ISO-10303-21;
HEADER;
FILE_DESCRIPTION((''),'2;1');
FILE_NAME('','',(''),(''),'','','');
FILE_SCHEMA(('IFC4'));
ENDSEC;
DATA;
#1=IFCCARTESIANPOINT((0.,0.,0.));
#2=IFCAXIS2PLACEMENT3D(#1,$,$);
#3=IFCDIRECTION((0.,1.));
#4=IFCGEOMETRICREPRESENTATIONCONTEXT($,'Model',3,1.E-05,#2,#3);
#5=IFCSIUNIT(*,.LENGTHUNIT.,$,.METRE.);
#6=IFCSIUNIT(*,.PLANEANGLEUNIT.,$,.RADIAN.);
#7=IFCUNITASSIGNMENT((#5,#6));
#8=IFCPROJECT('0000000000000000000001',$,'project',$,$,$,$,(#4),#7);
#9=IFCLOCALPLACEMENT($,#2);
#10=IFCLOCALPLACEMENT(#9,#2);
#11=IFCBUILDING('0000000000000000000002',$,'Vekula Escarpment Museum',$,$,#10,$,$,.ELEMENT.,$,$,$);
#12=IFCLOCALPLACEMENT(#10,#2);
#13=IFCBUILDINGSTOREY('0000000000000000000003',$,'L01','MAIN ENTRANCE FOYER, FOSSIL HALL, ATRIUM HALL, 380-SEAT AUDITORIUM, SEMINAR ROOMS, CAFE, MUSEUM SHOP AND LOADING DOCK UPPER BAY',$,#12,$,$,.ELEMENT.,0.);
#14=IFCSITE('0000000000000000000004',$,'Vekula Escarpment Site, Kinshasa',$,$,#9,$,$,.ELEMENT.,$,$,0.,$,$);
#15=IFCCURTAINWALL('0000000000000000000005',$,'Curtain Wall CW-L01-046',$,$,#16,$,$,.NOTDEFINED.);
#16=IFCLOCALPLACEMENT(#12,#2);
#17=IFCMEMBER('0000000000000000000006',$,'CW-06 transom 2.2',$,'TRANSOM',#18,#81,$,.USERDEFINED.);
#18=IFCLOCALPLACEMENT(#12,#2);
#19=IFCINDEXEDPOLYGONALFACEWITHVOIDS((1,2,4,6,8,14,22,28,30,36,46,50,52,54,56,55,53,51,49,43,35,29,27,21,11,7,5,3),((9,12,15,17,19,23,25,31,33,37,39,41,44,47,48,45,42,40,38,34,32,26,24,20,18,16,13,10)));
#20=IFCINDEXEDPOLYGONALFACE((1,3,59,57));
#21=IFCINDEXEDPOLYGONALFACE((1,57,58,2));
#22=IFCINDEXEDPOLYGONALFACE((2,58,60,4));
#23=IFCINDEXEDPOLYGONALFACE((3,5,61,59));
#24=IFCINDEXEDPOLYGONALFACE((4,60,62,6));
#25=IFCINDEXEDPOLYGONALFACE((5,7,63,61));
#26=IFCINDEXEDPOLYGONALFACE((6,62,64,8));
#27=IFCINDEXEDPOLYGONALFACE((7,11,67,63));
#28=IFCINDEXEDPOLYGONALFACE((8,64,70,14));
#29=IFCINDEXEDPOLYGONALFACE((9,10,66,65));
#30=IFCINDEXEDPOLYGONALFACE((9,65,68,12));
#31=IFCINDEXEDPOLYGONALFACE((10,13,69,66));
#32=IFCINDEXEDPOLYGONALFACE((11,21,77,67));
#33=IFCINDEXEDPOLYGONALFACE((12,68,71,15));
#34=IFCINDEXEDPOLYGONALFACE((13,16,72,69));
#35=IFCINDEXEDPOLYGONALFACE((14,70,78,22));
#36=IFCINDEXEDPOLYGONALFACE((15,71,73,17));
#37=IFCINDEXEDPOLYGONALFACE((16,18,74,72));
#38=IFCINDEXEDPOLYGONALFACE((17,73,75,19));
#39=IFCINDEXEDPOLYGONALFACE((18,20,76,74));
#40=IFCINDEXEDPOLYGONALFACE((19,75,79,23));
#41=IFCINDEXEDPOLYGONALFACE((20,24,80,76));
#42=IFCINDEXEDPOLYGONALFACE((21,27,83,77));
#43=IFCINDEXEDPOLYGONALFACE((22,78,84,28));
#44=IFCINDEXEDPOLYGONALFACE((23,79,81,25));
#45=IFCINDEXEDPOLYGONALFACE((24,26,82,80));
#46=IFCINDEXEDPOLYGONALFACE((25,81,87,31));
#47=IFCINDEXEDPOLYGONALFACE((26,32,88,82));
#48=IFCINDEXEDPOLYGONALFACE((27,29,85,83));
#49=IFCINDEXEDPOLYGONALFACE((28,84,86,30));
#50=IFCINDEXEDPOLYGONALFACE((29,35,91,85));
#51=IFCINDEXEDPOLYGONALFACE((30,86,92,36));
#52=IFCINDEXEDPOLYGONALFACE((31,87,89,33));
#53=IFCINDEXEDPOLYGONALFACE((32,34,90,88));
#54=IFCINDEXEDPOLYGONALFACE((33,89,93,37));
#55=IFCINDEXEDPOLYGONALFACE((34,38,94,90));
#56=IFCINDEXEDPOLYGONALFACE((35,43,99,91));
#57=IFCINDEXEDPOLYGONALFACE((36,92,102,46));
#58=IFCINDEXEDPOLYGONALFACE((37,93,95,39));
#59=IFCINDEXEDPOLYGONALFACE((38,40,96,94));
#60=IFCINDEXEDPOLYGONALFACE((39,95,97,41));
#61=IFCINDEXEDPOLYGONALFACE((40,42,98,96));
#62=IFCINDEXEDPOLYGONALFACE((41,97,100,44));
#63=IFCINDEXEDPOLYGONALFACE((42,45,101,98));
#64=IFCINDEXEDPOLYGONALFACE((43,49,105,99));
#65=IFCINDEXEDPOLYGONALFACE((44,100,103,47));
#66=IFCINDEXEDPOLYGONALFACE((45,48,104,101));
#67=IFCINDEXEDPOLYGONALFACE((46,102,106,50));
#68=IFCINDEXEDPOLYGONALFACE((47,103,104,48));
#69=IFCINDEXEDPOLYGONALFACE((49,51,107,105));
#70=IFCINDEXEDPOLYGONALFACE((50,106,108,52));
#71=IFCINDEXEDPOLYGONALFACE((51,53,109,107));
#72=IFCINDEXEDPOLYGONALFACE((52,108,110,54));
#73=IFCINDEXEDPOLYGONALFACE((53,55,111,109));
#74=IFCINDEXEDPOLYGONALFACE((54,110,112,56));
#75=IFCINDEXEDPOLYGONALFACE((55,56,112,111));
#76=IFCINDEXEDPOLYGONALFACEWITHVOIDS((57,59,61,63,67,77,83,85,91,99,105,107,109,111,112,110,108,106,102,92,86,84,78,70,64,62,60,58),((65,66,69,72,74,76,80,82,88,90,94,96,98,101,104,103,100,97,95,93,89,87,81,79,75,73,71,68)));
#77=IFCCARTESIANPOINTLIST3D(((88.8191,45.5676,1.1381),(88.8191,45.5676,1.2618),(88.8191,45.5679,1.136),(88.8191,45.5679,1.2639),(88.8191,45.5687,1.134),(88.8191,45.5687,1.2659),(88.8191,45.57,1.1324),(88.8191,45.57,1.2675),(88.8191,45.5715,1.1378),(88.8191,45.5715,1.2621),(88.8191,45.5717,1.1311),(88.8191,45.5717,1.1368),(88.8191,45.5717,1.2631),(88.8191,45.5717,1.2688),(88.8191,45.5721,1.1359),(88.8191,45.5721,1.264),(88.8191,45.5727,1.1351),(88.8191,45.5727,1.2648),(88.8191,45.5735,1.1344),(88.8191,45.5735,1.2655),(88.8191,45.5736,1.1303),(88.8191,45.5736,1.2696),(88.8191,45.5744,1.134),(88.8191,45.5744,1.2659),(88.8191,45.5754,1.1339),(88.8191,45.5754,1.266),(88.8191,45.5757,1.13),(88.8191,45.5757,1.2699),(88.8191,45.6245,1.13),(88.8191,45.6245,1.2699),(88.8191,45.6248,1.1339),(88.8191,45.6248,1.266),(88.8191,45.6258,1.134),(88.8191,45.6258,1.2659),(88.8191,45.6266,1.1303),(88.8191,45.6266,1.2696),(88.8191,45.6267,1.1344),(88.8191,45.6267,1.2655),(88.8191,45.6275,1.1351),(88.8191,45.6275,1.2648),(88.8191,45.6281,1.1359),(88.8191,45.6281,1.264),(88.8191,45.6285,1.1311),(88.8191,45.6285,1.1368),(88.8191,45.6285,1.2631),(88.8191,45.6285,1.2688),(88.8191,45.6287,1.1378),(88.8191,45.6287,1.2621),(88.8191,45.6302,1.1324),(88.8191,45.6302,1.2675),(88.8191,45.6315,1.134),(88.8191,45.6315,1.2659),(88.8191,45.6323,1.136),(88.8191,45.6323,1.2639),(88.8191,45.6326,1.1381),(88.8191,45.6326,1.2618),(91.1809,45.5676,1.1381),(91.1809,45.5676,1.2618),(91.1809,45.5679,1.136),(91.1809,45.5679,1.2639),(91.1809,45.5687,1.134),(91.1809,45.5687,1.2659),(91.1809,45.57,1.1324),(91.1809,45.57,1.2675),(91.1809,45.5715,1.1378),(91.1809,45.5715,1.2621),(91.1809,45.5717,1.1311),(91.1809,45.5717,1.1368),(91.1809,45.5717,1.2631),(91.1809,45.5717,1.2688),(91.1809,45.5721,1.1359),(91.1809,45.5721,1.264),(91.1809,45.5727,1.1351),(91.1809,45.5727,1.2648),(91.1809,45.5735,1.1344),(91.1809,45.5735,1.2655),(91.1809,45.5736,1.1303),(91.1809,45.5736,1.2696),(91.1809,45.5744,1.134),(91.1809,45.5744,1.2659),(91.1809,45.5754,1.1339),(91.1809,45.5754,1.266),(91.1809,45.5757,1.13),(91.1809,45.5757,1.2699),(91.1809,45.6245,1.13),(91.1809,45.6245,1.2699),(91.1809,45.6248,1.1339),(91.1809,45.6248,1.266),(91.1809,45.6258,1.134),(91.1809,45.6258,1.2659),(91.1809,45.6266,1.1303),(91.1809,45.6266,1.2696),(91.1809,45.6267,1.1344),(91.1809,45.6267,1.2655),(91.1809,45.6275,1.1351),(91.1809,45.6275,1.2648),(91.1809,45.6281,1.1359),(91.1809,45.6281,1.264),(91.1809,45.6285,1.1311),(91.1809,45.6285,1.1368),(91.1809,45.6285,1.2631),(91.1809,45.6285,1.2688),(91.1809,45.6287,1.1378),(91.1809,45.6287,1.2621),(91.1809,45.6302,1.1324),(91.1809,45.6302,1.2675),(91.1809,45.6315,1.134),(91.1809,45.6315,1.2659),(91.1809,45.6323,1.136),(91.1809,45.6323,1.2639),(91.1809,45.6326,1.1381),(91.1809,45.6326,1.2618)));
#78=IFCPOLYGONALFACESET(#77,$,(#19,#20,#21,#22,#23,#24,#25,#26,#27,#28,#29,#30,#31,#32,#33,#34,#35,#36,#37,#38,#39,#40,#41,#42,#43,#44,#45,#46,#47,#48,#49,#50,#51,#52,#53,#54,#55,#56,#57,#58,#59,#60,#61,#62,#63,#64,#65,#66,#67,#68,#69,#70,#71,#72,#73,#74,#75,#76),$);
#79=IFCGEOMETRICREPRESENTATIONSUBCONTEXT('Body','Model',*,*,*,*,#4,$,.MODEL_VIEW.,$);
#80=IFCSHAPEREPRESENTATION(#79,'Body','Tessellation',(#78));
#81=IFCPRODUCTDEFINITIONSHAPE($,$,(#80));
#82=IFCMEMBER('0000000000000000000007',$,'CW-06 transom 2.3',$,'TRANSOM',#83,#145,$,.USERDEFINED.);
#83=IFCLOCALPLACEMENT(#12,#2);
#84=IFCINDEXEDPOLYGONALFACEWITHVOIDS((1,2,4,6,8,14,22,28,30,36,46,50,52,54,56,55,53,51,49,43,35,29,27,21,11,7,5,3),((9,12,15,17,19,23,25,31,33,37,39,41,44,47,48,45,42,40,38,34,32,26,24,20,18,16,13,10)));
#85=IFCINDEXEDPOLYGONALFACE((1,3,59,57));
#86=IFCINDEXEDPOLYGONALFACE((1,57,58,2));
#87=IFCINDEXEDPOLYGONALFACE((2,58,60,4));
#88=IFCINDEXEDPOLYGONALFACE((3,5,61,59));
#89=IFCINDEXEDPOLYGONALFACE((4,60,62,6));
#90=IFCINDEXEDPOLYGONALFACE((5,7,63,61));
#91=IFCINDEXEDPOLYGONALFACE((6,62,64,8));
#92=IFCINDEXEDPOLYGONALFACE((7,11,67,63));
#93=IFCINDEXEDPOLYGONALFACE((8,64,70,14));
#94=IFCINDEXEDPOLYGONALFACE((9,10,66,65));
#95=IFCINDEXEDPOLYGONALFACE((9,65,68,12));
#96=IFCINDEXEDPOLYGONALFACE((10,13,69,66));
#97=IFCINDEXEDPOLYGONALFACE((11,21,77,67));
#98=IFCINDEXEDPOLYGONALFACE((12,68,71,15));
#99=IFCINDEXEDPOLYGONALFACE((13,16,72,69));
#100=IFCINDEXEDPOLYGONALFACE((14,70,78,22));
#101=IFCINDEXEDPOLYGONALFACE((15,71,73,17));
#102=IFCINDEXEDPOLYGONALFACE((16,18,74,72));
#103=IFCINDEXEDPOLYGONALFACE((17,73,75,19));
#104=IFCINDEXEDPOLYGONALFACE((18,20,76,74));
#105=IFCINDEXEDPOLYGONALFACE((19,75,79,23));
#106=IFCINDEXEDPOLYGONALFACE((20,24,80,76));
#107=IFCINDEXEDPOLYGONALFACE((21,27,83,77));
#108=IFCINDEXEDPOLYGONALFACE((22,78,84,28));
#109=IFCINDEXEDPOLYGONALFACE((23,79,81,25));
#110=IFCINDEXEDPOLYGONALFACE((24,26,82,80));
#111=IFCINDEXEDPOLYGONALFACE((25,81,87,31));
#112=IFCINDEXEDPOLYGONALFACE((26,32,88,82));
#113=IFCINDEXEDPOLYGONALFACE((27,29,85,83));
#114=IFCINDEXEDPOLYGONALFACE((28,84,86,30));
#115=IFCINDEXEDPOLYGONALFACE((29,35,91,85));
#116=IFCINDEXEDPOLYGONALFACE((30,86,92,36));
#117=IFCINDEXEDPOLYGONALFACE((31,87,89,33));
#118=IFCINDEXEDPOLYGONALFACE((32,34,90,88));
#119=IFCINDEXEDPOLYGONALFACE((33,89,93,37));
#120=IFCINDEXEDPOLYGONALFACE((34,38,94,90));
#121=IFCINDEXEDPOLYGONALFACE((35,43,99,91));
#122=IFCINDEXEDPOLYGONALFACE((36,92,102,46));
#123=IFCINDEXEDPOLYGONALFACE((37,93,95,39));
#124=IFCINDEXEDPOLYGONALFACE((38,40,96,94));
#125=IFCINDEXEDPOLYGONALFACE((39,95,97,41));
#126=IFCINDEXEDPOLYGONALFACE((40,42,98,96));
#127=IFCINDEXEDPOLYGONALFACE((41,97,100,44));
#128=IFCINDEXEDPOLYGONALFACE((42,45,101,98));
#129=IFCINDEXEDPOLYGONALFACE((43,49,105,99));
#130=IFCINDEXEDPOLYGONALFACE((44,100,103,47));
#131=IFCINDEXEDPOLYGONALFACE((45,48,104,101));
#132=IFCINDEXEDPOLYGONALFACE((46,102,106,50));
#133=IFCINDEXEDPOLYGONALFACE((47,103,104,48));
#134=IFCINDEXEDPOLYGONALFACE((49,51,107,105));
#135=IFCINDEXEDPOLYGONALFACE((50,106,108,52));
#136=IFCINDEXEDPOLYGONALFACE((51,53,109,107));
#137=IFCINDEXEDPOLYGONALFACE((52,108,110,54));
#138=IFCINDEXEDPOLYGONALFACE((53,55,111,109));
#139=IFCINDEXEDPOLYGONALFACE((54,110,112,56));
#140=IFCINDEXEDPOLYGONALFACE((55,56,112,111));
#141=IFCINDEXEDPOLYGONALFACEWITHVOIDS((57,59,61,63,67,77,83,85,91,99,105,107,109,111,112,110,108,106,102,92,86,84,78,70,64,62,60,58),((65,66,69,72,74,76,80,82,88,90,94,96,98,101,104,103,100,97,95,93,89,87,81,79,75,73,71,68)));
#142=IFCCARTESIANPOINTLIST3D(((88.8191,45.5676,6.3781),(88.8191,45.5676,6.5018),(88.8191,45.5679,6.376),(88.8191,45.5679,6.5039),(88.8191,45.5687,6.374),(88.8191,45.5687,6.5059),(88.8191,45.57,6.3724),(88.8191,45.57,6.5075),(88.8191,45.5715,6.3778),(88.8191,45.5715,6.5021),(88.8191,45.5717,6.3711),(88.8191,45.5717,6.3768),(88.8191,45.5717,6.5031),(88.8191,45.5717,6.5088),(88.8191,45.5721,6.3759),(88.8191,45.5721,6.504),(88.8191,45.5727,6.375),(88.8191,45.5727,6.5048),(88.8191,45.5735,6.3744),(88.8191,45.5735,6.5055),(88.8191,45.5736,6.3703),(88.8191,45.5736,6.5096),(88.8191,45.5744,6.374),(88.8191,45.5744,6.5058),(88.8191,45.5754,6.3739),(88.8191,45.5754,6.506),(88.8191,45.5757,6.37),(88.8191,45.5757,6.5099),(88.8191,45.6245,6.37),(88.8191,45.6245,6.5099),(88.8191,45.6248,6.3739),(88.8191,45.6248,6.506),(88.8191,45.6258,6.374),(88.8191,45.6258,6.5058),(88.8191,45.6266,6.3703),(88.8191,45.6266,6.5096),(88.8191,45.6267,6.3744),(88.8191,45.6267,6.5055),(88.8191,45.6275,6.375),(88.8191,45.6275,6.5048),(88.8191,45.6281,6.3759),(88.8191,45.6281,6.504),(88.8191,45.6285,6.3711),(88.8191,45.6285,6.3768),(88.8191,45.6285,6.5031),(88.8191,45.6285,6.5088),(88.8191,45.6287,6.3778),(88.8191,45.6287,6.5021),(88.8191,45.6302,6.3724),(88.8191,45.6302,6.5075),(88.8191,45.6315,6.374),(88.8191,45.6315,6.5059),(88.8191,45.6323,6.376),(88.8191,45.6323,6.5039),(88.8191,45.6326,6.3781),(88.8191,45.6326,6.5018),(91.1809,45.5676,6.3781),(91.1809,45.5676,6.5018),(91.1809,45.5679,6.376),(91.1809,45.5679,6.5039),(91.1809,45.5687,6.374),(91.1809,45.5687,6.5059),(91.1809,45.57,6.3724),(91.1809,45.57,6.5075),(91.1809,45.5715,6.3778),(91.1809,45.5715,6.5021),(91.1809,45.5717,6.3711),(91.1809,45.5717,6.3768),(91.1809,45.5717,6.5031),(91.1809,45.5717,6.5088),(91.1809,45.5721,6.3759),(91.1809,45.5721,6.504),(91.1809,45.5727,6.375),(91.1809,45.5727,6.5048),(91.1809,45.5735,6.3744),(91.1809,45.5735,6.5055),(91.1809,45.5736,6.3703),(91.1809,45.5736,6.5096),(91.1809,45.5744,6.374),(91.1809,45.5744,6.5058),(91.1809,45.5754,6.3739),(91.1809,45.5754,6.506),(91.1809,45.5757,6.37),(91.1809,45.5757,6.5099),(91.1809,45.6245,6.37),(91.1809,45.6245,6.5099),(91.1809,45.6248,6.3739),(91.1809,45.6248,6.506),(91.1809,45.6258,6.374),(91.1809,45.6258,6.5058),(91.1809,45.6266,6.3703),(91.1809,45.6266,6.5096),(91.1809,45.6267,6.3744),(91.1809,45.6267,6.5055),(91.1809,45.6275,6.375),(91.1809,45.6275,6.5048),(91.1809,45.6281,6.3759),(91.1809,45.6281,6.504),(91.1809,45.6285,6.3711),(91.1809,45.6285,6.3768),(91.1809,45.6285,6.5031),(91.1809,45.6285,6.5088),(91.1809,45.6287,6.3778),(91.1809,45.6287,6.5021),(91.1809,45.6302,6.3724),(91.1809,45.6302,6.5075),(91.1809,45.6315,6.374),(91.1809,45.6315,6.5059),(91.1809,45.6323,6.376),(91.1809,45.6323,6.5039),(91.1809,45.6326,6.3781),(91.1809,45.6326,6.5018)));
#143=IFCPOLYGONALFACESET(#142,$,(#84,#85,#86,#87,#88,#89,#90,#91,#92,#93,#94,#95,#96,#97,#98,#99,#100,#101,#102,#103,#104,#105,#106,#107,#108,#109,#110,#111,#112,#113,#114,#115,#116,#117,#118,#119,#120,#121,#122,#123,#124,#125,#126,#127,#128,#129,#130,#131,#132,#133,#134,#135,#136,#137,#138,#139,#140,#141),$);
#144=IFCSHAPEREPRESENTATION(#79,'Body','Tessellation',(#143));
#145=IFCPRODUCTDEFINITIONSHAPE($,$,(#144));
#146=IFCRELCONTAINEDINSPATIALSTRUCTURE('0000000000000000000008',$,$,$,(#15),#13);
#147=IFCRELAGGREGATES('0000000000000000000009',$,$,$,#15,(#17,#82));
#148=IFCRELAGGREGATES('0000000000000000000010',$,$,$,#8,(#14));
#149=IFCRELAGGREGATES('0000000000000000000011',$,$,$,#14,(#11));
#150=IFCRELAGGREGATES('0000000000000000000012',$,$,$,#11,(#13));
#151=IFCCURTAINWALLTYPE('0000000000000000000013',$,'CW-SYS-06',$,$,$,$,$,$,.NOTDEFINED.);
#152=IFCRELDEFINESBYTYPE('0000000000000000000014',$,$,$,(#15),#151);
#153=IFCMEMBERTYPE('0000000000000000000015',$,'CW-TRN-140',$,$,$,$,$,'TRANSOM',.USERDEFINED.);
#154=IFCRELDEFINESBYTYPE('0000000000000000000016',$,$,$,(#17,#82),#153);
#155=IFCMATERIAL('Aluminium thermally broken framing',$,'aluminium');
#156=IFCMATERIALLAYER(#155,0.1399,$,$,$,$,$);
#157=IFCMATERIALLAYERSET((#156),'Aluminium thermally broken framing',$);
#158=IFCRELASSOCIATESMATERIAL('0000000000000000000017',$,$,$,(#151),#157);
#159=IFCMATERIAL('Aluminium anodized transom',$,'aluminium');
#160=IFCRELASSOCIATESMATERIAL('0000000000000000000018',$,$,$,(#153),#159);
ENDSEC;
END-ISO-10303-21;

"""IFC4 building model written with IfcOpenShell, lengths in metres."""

from ifc_helpers import new_model, si_unit, direction, frame, origin, origin_2d, place, context, subcontext, project, spatial, hollow_rectangle, extrude, material, layer, layer_set, material_profile, profile_set, type_object, element, aggregate, save


model = new_model("IFC4")

# Units and contexts
model_context = context("Model", 3, precision=1e-05, world=origin(), true_north=direction((0.0, 1.0)))
body_context = subcontext(model_context, "Body", "Model", "MODEL_VIEW")
ifc_project = project(units=[si_unit("LENGTHUNIT", "METRE"), si_unit("PLANEANGLEUNIT", "RADIAN")], contexts=[model_context])

# Site, building, storey
site_placement = place(None, origin())
site = spatial("IfcSite", under=ifc_project, at=site_placement, Name="Vekula Escarpment Site, Kinshasa", CompositionType="ELEMENT", RefElevation=0.0)
building_placement = place(site_placement, origin())
building = spatial("IfcBuilding", under=site, at=building_placement, Name="Vekula Escarpment Museum", CompositionType="ELEMENT")
storey_placement = place(building_placement, origin())
storey = spatial("IfcBuildingStorey", under=building, at=storey_placement, Name="L01", Description="MAIN ENTRANCE FOYER, FOSSIL HALL, ATRIUM HALL, 380-SEAT AUDITORIUM, SEMINAR ROOMS, CAFE, MUSEUM SHOP AND LOADING DOCK UPPER BAY", CompositionType="ELEMENT", Elevation=0.0)

# Curtain wall, members
ifc_material_1 = material(Name="Aluminium thermally broken framing", Category="aluminium")
ifc_layer_1 = layer(ifc_material_1, 0.1399)
ifc_layer_set_1 = layer_set([ifc_layer_1], Name="Aluminium thermally broken framing")
curtain_wall_type = type_object("IfcCurtainWallType", Name="CW-SYS-06", PredefinedType="NOTDEFINED", material=ifc_layer_set_1)
curtain_wall_placement = place(storey_placement, origin())
curtain_wall = element("IfcCurtainWall", 1, at=curtain_wall_placement, inside=storey, type_object=curtain_wall_type, Name="Curtain Wall CW-L01-046", PredefinedType="NOTDEFINED")
ifc_material_2 = material(Name="Aluminium anodized transom", Category="aluminium")
ifc_material_profile_1 = material_profile(ifc_material_2, hollow_rectangle(XDim=0.0649, YDim=0.1399, WallThickness=0.0039, InnerFilletRadius=0.0039, OuterFilletRadius=0.0081, at=origin_2d()), Name="ALU 140x65x4")
ifc_profile_set_1 = profile_set([ifc_material_profile_1], Name="Aluminium anodized transom")
member_type_1 = type_object("IfcMemberType", Name="CW-TRN-140", ElementType="TRANSOM", PredefinedType="USERDEFINED", material=ifc_profile_set_1)
member_1_placement = place(storey_placement, frame((88.8191, 45.6001, 1.2), z_axis=(1.0, 0.0, 0.0), x_axis=(0.0, 1.0, 0.0)))
member_1 = element("IfcMember", 2, at=member_1_placement, type_object=member_type_1, Name="CW-06 transom 2.2", ObjectType="TRANSOM", PredefinedType="USERDEFINED", context=body_context, shape_type="SweptSolid", body=[
    extrude(hollow_rectangle(XDim=0.0649, YDim=0.1399, WallThickness=0.0039, InnerFilletRadius=0.0039, OuterFilletRadius=0.0081, at=origin_2d()), origin(), (0.0, 0.0, 1.0), 2.3618),
])
member_2_placement = place(storey_placement, frame((88.8191, 45.6001, 6.4399), z_axis=(1.0, 0.0, 0.0), x_axis=(0.0, 1.0, 0.0)))
member_2 = element("IfcMember", 3, at=member_2_placement, type_object=member_type_1, Name="CW-06 transom 2.3", ObjectType="TRANSOM", PredefinedType="USERDEFINED", context=body_context, shape_type="SweptSolid", body=[
    extrude(hollow_rectangle(XDim=0.0649, YDim=0.1399, WallThickness=0.0039, InnerFilletRadius=0.0039, OuterFilletRadius=0.0081, at=origin_2d()), origin(), (0.0, 0.0, 1.0), 2.3618),
])
aggregate(curtain_wall, [member_1, member_2])

save(model, "model.ifc")
